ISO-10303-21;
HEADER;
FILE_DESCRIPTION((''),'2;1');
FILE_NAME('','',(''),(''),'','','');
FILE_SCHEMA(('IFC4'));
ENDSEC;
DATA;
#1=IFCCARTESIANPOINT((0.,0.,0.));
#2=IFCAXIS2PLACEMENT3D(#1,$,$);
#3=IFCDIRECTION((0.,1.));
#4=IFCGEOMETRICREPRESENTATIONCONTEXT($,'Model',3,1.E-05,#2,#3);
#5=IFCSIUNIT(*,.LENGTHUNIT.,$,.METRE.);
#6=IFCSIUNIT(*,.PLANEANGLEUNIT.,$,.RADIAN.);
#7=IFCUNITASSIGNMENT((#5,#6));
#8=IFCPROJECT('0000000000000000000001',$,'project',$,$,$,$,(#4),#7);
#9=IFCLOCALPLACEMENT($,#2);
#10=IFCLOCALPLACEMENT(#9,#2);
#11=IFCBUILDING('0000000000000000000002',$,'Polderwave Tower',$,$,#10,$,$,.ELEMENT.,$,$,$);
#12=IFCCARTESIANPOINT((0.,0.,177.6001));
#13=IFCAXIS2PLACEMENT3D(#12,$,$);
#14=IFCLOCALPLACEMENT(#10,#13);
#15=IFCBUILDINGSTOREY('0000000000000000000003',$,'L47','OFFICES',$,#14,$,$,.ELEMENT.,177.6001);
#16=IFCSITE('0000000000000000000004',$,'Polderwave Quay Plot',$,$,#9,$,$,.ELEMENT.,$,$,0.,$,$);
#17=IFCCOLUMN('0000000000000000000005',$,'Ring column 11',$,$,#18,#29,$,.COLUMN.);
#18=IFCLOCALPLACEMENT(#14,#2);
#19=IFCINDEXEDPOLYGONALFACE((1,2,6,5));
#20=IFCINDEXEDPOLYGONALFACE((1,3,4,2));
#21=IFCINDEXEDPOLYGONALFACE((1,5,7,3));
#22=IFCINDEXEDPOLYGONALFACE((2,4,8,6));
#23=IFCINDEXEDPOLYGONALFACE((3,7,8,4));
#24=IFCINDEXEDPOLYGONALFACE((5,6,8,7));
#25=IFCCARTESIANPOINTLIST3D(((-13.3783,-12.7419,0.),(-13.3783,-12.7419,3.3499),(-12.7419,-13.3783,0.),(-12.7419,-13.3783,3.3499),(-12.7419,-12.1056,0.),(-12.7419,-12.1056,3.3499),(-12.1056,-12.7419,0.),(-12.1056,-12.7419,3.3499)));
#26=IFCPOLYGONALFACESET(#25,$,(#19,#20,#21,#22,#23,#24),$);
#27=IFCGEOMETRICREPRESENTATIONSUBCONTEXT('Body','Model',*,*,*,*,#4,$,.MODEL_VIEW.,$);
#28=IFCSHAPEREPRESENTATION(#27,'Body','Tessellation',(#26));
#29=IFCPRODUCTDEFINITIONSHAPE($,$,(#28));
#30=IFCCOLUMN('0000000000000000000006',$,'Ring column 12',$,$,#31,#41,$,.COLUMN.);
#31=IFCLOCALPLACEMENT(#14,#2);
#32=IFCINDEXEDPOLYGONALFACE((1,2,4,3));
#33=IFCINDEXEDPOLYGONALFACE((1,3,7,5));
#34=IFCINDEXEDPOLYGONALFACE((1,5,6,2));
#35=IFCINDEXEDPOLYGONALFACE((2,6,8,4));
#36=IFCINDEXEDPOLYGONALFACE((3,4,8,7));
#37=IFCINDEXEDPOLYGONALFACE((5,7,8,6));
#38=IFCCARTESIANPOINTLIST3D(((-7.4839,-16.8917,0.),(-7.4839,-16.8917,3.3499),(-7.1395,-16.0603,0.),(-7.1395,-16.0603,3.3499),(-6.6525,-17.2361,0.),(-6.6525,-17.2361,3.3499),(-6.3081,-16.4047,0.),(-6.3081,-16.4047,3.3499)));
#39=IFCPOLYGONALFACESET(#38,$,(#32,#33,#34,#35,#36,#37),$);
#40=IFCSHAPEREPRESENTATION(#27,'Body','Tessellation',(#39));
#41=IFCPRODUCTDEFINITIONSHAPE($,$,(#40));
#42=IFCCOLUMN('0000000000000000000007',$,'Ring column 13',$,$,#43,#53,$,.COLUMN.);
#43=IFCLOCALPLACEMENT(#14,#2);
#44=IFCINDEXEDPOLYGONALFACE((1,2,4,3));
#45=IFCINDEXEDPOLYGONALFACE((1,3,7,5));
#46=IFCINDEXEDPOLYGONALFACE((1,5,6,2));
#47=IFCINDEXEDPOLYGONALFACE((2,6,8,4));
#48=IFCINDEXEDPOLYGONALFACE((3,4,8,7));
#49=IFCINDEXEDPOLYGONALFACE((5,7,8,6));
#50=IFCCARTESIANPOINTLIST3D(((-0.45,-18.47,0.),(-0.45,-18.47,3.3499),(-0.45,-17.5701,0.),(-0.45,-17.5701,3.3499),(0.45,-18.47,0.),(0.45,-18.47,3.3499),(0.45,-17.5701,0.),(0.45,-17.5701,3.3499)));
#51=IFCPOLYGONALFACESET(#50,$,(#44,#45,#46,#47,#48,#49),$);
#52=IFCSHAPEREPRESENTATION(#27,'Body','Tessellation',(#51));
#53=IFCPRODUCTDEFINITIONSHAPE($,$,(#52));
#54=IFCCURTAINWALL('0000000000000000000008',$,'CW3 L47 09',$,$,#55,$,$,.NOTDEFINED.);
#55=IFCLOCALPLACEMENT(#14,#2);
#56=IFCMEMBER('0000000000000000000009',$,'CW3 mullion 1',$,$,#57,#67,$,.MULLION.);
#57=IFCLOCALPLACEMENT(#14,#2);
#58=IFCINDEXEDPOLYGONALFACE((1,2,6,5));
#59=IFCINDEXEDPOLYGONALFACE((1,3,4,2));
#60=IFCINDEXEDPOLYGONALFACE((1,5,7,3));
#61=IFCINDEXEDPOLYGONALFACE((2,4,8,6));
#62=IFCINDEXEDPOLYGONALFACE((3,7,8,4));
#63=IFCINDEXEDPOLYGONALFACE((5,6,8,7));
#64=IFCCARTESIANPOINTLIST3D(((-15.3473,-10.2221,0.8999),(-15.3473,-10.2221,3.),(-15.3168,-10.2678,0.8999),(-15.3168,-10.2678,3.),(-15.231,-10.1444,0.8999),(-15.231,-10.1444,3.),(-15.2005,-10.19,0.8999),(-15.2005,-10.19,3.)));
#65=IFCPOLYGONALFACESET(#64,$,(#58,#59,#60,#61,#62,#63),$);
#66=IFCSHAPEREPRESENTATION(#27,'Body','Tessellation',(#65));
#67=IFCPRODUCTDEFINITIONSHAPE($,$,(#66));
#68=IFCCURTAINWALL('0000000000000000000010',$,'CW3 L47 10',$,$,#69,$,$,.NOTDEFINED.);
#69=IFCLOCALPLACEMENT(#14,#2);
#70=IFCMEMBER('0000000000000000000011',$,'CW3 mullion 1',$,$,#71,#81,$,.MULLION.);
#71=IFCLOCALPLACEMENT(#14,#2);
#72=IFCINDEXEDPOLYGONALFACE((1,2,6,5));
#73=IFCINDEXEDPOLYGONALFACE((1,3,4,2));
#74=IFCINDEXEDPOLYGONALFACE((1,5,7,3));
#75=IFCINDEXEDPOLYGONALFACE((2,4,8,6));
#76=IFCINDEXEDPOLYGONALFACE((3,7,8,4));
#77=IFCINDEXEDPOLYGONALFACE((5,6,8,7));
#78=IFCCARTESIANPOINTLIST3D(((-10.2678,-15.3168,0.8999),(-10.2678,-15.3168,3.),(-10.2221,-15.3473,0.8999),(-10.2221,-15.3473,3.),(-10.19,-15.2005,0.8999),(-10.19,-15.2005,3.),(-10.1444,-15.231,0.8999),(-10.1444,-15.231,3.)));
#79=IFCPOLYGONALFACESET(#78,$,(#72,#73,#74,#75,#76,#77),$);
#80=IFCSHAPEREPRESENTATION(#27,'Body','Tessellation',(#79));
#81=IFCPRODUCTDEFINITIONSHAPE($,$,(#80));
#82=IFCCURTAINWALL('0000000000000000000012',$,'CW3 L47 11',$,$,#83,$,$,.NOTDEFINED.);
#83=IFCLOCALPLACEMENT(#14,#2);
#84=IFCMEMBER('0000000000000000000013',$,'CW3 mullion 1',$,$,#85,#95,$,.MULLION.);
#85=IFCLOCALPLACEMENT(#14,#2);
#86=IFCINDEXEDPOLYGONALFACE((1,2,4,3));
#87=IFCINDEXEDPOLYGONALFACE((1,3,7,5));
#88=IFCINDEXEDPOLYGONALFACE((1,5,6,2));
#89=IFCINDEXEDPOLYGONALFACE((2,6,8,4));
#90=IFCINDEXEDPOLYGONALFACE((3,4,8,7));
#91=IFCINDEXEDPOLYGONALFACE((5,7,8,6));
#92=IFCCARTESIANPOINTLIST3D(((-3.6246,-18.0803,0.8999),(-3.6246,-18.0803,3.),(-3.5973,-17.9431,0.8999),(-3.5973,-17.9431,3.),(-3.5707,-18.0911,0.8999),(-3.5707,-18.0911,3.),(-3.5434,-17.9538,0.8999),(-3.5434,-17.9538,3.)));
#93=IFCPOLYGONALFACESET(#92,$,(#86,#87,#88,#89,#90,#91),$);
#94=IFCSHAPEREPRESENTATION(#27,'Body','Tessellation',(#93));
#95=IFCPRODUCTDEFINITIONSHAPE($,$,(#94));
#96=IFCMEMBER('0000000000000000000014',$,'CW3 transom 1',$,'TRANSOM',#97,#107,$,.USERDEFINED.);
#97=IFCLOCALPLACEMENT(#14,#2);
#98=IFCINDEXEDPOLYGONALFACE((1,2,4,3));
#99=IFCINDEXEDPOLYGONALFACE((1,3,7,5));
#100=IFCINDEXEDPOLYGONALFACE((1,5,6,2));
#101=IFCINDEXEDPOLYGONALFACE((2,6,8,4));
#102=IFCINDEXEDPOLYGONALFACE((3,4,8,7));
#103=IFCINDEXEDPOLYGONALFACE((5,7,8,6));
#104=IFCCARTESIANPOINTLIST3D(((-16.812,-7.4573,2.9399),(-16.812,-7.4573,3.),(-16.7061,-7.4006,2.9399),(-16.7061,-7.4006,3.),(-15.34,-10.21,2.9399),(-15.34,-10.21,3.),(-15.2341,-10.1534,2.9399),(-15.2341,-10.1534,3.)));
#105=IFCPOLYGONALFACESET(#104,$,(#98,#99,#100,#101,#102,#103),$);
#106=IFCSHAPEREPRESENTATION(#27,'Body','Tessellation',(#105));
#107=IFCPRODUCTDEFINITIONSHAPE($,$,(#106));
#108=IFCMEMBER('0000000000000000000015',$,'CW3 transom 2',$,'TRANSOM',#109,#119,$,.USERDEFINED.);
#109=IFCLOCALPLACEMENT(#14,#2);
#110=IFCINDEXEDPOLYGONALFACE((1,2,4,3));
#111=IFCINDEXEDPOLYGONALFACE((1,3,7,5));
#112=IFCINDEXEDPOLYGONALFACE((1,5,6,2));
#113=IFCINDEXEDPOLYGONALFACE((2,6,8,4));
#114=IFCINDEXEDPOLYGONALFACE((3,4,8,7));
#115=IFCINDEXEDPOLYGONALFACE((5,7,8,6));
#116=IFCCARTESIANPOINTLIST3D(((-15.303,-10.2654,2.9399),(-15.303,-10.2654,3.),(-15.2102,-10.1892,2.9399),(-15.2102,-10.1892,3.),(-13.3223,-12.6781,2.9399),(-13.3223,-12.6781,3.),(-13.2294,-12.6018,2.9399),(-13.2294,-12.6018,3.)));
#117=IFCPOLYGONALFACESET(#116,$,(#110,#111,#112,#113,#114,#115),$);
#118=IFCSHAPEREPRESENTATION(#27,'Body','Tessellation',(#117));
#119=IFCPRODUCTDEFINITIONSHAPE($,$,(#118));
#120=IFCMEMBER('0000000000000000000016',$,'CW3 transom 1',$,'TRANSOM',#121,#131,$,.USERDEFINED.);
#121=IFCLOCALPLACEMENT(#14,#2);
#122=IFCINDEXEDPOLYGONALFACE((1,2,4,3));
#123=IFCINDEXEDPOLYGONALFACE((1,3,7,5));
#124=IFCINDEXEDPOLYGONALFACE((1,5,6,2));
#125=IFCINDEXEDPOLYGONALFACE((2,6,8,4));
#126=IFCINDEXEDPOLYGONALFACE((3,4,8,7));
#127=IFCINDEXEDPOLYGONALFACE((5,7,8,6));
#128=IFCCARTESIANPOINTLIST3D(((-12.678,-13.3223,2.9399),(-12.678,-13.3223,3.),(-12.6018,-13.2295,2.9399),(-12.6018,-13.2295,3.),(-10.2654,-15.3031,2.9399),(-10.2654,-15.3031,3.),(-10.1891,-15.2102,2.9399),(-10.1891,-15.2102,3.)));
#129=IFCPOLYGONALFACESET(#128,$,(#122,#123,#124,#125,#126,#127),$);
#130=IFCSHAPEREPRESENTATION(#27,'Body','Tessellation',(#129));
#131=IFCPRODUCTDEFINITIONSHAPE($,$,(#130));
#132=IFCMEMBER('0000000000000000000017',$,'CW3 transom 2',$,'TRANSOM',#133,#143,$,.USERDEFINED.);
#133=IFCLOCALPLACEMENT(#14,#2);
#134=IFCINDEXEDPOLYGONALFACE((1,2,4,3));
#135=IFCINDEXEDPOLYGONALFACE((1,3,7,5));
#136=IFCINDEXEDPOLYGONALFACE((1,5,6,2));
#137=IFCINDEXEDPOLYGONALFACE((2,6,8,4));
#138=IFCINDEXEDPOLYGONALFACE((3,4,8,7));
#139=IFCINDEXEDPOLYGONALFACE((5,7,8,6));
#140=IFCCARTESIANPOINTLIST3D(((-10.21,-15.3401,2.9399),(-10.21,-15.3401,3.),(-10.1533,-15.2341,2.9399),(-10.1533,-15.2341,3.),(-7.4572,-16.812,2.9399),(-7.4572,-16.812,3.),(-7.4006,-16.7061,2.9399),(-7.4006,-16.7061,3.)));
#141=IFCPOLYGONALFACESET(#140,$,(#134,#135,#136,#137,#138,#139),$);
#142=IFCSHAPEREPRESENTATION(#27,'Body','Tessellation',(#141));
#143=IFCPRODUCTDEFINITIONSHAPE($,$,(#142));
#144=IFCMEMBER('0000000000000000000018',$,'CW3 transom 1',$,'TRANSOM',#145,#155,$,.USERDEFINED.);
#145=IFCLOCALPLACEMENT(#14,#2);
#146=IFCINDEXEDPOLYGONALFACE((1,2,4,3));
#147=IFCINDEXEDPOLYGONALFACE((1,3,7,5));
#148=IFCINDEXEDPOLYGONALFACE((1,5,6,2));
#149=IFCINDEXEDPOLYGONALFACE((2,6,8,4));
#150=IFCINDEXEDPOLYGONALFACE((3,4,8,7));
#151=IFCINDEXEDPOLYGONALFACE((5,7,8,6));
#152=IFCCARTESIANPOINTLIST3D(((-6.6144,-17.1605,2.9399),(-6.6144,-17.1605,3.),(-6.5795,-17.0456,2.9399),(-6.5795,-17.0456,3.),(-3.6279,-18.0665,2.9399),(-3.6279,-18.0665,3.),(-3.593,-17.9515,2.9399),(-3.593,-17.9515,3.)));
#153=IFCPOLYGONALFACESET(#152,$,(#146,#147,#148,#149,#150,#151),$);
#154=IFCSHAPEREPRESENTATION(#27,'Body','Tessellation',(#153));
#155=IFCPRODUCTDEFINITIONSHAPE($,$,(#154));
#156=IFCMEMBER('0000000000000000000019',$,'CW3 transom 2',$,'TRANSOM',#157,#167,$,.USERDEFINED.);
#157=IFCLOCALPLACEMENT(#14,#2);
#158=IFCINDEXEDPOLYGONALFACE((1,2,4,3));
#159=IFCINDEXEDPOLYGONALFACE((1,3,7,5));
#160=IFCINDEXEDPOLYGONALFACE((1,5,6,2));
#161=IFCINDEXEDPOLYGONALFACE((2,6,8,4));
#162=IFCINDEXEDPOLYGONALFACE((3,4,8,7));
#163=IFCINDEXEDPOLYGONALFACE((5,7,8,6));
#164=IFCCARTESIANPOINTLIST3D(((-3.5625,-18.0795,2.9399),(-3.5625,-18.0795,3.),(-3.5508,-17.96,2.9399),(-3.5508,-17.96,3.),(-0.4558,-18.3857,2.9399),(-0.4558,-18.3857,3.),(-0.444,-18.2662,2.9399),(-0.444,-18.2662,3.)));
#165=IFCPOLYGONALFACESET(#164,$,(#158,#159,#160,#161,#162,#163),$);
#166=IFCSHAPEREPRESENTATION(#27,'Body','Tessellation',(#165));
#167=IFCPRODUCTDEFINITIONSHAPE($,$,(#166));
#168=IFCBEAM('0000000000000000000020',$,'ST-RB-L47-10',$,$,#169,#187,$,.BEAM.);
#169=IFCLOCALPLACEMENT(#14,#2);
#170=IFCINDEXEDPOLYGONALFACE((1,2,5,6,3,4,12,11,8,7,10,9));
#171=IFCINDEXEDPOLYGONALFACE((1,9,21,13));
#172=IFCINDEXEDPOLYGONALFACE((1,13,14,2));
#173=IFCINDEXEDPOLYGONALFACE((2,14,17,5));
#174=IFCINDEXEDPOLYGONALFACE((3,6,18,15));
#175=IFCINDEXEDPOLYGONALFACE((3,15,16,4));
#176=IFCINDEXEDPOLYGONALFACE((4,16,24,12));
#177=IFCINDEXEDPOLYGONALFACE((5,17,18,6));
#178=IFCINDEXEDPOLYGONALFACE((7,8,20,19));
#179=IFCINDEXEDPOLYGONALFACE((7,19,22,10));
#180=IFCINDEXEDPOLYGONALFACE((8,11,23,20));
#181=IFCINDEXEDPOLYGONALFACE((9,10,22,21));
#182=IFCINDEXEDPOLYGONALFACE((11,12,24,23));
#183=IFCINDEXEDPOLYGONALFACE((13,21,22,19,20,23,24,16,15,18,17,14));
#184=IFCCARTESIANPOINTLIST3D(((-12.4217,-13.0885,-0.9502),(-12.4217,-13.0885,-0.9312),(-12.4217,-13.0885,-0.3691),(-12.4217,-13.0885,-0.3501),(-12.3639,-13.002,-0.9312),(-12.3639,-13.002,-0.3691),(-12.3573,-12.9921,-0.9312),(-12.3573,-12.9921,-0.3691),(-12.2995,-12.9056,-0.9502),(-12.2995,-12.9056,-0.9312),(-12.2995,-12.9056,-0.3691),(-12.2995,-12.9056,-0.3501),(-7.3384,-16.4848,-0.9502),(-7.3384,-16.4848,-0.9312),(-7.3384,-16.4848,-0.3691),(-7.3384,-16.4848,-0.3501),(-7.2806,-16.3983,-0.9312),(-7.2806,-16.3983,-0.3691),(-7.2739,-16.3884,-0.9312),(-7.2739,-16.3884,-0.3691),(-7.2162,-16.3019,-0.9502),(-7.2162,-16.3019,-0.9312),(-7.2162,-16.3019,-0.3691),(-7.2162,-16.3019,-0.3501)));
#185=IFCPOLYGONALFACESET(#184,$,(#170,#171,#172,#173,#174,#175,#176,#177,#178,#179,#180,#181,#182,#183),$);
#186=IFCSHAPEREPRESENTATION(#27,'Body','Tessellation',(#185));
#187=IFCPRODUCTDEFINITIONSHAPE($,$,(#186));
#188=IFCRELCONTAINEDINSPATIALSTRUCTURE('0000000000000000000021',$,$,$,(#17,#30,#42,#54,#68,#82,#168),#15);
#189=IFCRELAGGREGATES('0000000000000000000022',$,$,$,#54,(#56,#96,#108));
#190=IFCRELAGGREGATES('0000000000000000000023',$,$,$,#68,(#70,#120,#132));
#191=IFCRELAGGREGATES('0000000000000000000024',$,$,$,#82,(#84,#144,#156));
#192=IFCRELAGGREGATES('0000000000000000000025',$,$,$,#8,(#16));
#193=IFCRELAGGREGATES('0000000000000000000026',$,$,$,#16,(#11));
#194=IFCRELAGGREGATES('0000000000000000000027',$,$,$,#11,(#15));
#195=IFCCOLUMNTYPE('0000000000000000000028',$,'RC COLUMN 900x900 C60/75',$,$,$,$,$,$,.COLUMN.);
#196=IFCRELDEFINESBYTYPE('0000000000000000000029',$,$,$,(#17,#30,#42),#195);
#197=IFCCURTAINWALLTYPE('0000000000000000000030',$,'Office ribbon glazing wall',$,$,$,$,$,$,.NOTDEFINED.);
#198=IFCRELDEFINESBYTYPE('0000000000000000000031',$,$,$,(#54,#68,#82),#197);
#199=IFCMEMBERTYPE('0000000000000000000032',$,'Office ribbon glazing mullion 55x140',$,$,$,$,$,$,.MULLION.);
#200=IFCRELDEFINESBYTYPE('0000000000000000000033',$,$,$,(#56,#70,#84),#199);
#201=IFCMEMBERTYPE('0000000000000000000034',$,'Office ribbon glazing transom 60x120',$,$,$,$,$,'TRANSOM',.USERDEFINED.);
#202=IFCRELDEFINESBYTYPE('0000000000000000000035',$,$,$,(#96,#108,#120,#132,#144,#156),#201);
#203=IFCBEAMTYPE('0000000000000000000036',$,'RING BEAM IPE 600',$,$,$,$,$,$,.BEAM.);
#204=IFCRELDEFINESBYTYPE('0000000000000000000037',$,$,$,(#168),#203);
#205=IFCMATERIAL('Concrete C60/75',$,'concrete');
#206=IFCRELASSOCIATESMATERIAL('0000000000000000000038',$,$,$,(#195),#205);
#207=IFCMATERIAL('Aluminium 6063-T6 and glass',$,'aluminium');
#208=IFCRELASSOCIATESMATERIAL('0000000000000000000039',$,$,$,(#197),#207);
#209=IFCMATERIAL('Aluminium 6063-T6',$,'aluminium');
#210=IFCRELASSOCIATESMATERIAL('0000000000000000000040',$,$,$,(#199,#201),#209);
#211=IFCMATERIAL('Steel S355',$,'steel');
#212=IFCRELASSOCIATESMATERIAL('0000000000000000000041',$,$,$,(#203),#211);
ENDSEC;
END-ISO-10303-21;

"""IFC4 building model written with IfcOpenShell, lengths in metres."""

from ifc_helpers import new_model, si_unit, direction, frame, origin, origin_2d, place, context, subcontext, project, spatial, rectangle, i_section, extrude, material, material_profile, profile_set, type_object, element, aggregate, save


model = new_model("IFC4")

# Units and contexts
model_context = context("Model", 3, precision=1e-05, world=origin(), true_north=direction((0.0, 1.0)))
body_context = subcontext(model_context, "Body", "Model", "MODEL_VIEW")
ifc_project = project(units=[si_unit("LENGTHUNIT", "METRE"), si_unit("PLANEANGLEUNIT", "RADIAN")], contexts=[model_context])

# Site, building, storey
site_placement = place(None, origin())
site = spatial("IfcSite", under=ifc_project, at=site_placement, Name="Polderwave Quay Plot", CompositionType="ELEMENT", RefElevation=0.0)
building_placement = place(site_placement, origin())
building = spatial("IfcBuilding", under=site, at=building_placement, Name="Polderwave Tower", CompositionType="ELEMENT")
storey_placement = place(building_placement, frame((0.0, 0.0, 177.6001)))
storey = spatial("IfcBuildingStorey", under=building, at=storey_placement, Name="L47", Description="OFFICES", CompositionType="ELEMENT", Elevation=177.6001)

# Columns
ifc_material_1 = material(Name="Concrete C60/75", Category="concrete")
ifc_material_profile_1 = material_profile(ifc_material_1, rectangle(XDim=0.8999, YDim=0.8999, at=origin_2d()), Name="RC 900x900")
ifc_profile_set_1 = profile_set([ifc_material_profile_1], Name="Concrete C60/75")
column_type = type_object("IfcColumnType", Name="RC COLUMN 900x900 C60/75", PredefinedType="COLUMN", material=ifc_profile_set_1)
for number, where, z_axis, x_axis, name in (
    (1, (-12.7419, -12.7419, 0.0), (0.0, 0.0, 1.0), (-0.707107, -0.707107, 0.0), "Ring column 11"),
    (2, (-6.896, -16.6482, 0.0), (0.0, 0.0, 1.0), (-0.382683, -0.92388, 0.0), "Ring column 12"),
    (3, (0.0, -18.02, 0.0), (0.0, 0.0, 1.0), (0.0, -1.0, 0.0), "Ring column 13"),
):
    element("IfcColumn", number, at=place(storey_placement, frame(where, z_axis=z_axis, x_axis=x_axis)), inside=storey, type_object=column_type, Name=name, PredefinedType="COLUMN", context=body_context, shape_type="SweptSolid", body=[
        extrude(rectangle(XDim=0.8999, YDim=0.8999, at=origin_2d()), origin(), (0.0, 0.0, 1.0), 3.3499),
    ])

# Curtain walls, members
ifc_material_2 = material(Name="Aluminium 6063-T6 and glass", Category="aluminium")
curtain_wall_type = type_object("IfcCurtainWallType", Name="Office ribbon glazing wall", PredefinedType="NOTDEFINED", material=ifc_material_2)
curtain_wall_1_placement = place(storey_placement, origin())
curtain_wall_1 = element("IfcCurtainWall", 4, at=curtain_wall_1_placement, inside=storey, type_object=curtain_wall_type, Name="CW3 L47 09", PredefinedType="NOTDEFINED")
ifc_material_3 = material(Name="Aluminium 6063-T6", Category="aluminium")
ifc_material_profile_2 = material_profile(ifc_material_3, rectangle(XDim=0.1399, YDim=0.0549, at=origin_2d()), Name="AL 55x140")
ifc_profile_set_2 = profile_set([ifc_material_profile_2], Name="Aluminium 6063-T6")
member_type_1 = type_object("IfcMemberType", Name="Office ribbon glazing mullion 55x140", PredefinedType="MULLION", material=ifc_profile_set_2)
member_1_placement = place(storey_placement, frame((-15.2739, -10.2061, 0.8999), z_axis=(0.0, 0.0, 1.0), x_axis=(0.831386, 0.555695, 0.0)))
member_1 = element("IfcMember", 5, at=member_1_placement, type_object=member_type_1, Name="CW3 mullion 1", PredefinedType="MULLION", context=body_context, shape_type="SweptSolid", body=[
    extrude(rectangle(XDim=0.1399, YDim=0.0549, at=origin_2d()), origin(), (0.0, 0.0, 1.0), 2.1001),
])
curtain_wall_2_placement = place(storey_placement, origin())
curtain_wall_2 = element("IfcCurtainWall", 6, at=curtain_wall_2_placement, inside=storey, type_object=curtain_wall_type, Name="CW3 L47 10", PredefinedType="NOTDEFINED")
member_2_placement = place(storey_placement, frame((-10.2061, -15.2739, 0.8999), z_axis=(0.0, 0.0, 1.0), x_axis=(0.555695, 0.831386, 0.0)))
member_2 = element("IfcMember", 7, at=member_2_placement, type_object=member_type_1, Name="CW3 mullion 1", PredefinedType="MULLION", context=body_context, shape_type="SweptSolid", body=[
    extrude(rectangle(XDim=0.1399, YDim=0.0549, at=origin_2d()), origin(), (0.0, 0.0, 1.0), 2.1001),
])
curtain_wall_3_placement = place(storey_placement, origin())
curtain_wall_3 = element("IfcCurtainWall", 8, at=curtain_wall_3_placement, inside=storey, type_object=curtain_wall_type, Name="CW3 L47 11", PredefinedType="NOTDEFINED")
member_3_placement = place(storey_placement, frame((-3.584, -18.0171, 0.8999), z_axis=(0.0, 0.0, 1.0), x_axis=(0.195143, 0.980775, 0.0)))
member_3 = element("IfcMember", 9, at=member_3_placement, type_object=member_type_1, Name="CW3 mullion 1", PredefinedType="MULLION", context=body_context, shape_type="SweptSolid", body=[
    extrude(rectangle(XDim=0.1399, YDim=0.0549, at=origin_2d()), origin(), (0.0, 0.0, 1.0), 2.1001),
])

# Members
ifc_material_profile_3 = material_profile(ifc_material_3, rectangle(XDim=0.1201, YDim=0.0601, at=origin_2d()), Name="AL 60x120")
ifc_profile_set_3 = profile_set([ifc_material_profile_3], Name="Aluminium 6063-T6")
member_type_2 = type_object("IfcMemberType", Name="Office ribbon glazing transom 60x120", ElementType="TRANSOM", PredefinedType="USERDEFINED", material=ifc_profile_set_3)
member_4_placement = place(storey_placement, frame((-16.759, -7.429, 2.97), z_axis=(0.471542, -0.881844, 0.0), x_axis=(0.881844, 0.471542, 0.0)))
member_4 = element("IfcMember", 10, at=member_4_placement, type_object=member_type_2, Name="CW3 transom 1", ObjectType="TRANSOM", PredefinedType="USERDEFINED", context=body_context, shape_type="SweptSolid", body=[
    extrude(rectangle(XDim=0.1201, YDim=0.0601, at=origin_2d()), origin(), (0.0, 0.0, 1.0), 3.1216),
])
member_5_placement = place(storey_placement, frame((-15.2566, -10.2273, 2.97), z_axis=(0.634536, -0.772893, 0.0), x_axis=(0.772893, 0.634536, 0.0)))
member_5 = element("IfcMember", 11, at=member_5_placement, type_object=member_type_2, Name="CW3 transom 2", ObjectType="TRANSOM", PredefinedType="USERDEFINED", context=body_context, shape_type="SweptSolid", body=[
    extrude(rectangle(XDim=0.1201, YDim=0.0601, at=origin_2d()), origin(), (0.0, 0.0, 1.0), 3.1216),
])
member_6_placement = place(storey_placement, frame((-12.6399, -13.2759, 2.97), z_axis=(0.772893, -0.634536, 0.0), x_axis=(0.634536, 0.772893, 0.0)))
member_6 = element("IfcMember", 12, at=member_6_placement, type_object=member_type_2, Name="CW3 transom 1", ObjectType="TRANSOM", PredefinedType="USERDEFINED", context=body_context, shape_type="SweptSolid", body=[
    extrude(rectangle(XDim=0.1201, YDim=0.0601, at=origin_2d()), origin(), (0.0, 0.0, 1.0), 3.1216),
])
member_7_placement = place(storey_placement, frame((-10.1816, -15.2871, 2.97), z_axis=(0.881844, -0.471542, 0.0), x_axis=(0.471542, 0.881844, 0.0)))
member_7 = element("IfcMember", 13, at=member_7_placement, type_object=member_type_2, Name="CW3 transom 2", ObjectType="TRANSOM", PredefinedType="USERDEFINED", context=body_context, shape_type="SweptSolid", body=[
    extrude(rectangle(XDim=0.1201, YDim=0.0601, at=origin_2d()), origin(), (0.0, 0.0, 1.0), 3.1216),
])
member_8_placement = place(storey_placement, frame((-6.5969, -17.103, 2.97), z_axis=(0.956937, -0.290296, 0.0), x_axis=(0.290296, 0.956937, 0.0)))
member_8 = element("IfcMember", 14, at=member_8_placement, type_object=member_type_2, Name="CW3 transom 1", ObjectType="TRANSOM", PredefinedType="USERDEFINED", context=body_context, shape_type="SweptSolid", body=[
    extrude(rectangle(XDim=0.1201, YDim=0.0601, at=origin_2d()), origin(), (0.0, 0.0, 1.0), 3.1208),
])
member_9_placement = place(storey_placement, frame((-3.5566, -18.0198, 2.97), z_axis=(0.995179, -0.098071, 0.0), x_axis=(0.098071, 0.995179, 0.0)))
member_9 = element("IfcMember", 15, at=member_9_placement, type_object=member_type_2, Name="CW3 transom 2", ObjectType="TRANSOM", PredefinedType="USERDEFINED", context=body_context, shape_type="SweptSolid", body=[
    extrude(rectangle(XDim=0.1201, YDim=0.0601, at=origin_2d()), origin(), (0.0, 0.0, 1.0), 3.1218),
])

# Beam
ifc_material_4 = material(Name="Steel S355", Category="steel")
ifc_material_profile_4 = material_profile(ifc_material_4, i_section(OverallWidth=0.22, OverallDepth=0.6001, WebThickness=0.012, FlangeThickness=0.019, at=origin_2d()), Name="IPE 600")
ifc_profile_set_4 = profile_set([ifc_material_profile_4], Name="Steel S355")
beam_type = type_object("IfcBeamType", Name="RING BEAM IPE 600", PredefinedType="BEAM", material=ifc_profile_set_4)
for number, where, z_axis, x_axis, name in (
    (16, (-12.3606, -12.9971, -0.6501), (0.831491, -0.555539, 0.0), (0.555539, 0.831491, 0.0), "ST-RB-L47-10"),
):
    element("IfcBeam", number, at=place(storey_placement, frame(where, z_axis=z_axis, x_axis=x_axis)), inside=storey, type_object=beam_type, Name=name, PredefinedType="BEAM", context=body_context, shape_type="SweptSolid", body=[
        extrude(i_section(OverallWidth=0.22, OverallDepth=0.6001, WebThickness=0.012, FlangeThickness=0.019, at=origin_2d()), origin(), (0.0, 0.0, 1.0), 6.1135),
    ])

aggregate(curtain_wall_1, [member_1, member_4, member_5])
aggregate(curtain_wall_2, [member_2, member_6, member_7])
aggregate(curtain_wall_3, [member_3, member_8, member_9])

save(model, "model.ifc")
